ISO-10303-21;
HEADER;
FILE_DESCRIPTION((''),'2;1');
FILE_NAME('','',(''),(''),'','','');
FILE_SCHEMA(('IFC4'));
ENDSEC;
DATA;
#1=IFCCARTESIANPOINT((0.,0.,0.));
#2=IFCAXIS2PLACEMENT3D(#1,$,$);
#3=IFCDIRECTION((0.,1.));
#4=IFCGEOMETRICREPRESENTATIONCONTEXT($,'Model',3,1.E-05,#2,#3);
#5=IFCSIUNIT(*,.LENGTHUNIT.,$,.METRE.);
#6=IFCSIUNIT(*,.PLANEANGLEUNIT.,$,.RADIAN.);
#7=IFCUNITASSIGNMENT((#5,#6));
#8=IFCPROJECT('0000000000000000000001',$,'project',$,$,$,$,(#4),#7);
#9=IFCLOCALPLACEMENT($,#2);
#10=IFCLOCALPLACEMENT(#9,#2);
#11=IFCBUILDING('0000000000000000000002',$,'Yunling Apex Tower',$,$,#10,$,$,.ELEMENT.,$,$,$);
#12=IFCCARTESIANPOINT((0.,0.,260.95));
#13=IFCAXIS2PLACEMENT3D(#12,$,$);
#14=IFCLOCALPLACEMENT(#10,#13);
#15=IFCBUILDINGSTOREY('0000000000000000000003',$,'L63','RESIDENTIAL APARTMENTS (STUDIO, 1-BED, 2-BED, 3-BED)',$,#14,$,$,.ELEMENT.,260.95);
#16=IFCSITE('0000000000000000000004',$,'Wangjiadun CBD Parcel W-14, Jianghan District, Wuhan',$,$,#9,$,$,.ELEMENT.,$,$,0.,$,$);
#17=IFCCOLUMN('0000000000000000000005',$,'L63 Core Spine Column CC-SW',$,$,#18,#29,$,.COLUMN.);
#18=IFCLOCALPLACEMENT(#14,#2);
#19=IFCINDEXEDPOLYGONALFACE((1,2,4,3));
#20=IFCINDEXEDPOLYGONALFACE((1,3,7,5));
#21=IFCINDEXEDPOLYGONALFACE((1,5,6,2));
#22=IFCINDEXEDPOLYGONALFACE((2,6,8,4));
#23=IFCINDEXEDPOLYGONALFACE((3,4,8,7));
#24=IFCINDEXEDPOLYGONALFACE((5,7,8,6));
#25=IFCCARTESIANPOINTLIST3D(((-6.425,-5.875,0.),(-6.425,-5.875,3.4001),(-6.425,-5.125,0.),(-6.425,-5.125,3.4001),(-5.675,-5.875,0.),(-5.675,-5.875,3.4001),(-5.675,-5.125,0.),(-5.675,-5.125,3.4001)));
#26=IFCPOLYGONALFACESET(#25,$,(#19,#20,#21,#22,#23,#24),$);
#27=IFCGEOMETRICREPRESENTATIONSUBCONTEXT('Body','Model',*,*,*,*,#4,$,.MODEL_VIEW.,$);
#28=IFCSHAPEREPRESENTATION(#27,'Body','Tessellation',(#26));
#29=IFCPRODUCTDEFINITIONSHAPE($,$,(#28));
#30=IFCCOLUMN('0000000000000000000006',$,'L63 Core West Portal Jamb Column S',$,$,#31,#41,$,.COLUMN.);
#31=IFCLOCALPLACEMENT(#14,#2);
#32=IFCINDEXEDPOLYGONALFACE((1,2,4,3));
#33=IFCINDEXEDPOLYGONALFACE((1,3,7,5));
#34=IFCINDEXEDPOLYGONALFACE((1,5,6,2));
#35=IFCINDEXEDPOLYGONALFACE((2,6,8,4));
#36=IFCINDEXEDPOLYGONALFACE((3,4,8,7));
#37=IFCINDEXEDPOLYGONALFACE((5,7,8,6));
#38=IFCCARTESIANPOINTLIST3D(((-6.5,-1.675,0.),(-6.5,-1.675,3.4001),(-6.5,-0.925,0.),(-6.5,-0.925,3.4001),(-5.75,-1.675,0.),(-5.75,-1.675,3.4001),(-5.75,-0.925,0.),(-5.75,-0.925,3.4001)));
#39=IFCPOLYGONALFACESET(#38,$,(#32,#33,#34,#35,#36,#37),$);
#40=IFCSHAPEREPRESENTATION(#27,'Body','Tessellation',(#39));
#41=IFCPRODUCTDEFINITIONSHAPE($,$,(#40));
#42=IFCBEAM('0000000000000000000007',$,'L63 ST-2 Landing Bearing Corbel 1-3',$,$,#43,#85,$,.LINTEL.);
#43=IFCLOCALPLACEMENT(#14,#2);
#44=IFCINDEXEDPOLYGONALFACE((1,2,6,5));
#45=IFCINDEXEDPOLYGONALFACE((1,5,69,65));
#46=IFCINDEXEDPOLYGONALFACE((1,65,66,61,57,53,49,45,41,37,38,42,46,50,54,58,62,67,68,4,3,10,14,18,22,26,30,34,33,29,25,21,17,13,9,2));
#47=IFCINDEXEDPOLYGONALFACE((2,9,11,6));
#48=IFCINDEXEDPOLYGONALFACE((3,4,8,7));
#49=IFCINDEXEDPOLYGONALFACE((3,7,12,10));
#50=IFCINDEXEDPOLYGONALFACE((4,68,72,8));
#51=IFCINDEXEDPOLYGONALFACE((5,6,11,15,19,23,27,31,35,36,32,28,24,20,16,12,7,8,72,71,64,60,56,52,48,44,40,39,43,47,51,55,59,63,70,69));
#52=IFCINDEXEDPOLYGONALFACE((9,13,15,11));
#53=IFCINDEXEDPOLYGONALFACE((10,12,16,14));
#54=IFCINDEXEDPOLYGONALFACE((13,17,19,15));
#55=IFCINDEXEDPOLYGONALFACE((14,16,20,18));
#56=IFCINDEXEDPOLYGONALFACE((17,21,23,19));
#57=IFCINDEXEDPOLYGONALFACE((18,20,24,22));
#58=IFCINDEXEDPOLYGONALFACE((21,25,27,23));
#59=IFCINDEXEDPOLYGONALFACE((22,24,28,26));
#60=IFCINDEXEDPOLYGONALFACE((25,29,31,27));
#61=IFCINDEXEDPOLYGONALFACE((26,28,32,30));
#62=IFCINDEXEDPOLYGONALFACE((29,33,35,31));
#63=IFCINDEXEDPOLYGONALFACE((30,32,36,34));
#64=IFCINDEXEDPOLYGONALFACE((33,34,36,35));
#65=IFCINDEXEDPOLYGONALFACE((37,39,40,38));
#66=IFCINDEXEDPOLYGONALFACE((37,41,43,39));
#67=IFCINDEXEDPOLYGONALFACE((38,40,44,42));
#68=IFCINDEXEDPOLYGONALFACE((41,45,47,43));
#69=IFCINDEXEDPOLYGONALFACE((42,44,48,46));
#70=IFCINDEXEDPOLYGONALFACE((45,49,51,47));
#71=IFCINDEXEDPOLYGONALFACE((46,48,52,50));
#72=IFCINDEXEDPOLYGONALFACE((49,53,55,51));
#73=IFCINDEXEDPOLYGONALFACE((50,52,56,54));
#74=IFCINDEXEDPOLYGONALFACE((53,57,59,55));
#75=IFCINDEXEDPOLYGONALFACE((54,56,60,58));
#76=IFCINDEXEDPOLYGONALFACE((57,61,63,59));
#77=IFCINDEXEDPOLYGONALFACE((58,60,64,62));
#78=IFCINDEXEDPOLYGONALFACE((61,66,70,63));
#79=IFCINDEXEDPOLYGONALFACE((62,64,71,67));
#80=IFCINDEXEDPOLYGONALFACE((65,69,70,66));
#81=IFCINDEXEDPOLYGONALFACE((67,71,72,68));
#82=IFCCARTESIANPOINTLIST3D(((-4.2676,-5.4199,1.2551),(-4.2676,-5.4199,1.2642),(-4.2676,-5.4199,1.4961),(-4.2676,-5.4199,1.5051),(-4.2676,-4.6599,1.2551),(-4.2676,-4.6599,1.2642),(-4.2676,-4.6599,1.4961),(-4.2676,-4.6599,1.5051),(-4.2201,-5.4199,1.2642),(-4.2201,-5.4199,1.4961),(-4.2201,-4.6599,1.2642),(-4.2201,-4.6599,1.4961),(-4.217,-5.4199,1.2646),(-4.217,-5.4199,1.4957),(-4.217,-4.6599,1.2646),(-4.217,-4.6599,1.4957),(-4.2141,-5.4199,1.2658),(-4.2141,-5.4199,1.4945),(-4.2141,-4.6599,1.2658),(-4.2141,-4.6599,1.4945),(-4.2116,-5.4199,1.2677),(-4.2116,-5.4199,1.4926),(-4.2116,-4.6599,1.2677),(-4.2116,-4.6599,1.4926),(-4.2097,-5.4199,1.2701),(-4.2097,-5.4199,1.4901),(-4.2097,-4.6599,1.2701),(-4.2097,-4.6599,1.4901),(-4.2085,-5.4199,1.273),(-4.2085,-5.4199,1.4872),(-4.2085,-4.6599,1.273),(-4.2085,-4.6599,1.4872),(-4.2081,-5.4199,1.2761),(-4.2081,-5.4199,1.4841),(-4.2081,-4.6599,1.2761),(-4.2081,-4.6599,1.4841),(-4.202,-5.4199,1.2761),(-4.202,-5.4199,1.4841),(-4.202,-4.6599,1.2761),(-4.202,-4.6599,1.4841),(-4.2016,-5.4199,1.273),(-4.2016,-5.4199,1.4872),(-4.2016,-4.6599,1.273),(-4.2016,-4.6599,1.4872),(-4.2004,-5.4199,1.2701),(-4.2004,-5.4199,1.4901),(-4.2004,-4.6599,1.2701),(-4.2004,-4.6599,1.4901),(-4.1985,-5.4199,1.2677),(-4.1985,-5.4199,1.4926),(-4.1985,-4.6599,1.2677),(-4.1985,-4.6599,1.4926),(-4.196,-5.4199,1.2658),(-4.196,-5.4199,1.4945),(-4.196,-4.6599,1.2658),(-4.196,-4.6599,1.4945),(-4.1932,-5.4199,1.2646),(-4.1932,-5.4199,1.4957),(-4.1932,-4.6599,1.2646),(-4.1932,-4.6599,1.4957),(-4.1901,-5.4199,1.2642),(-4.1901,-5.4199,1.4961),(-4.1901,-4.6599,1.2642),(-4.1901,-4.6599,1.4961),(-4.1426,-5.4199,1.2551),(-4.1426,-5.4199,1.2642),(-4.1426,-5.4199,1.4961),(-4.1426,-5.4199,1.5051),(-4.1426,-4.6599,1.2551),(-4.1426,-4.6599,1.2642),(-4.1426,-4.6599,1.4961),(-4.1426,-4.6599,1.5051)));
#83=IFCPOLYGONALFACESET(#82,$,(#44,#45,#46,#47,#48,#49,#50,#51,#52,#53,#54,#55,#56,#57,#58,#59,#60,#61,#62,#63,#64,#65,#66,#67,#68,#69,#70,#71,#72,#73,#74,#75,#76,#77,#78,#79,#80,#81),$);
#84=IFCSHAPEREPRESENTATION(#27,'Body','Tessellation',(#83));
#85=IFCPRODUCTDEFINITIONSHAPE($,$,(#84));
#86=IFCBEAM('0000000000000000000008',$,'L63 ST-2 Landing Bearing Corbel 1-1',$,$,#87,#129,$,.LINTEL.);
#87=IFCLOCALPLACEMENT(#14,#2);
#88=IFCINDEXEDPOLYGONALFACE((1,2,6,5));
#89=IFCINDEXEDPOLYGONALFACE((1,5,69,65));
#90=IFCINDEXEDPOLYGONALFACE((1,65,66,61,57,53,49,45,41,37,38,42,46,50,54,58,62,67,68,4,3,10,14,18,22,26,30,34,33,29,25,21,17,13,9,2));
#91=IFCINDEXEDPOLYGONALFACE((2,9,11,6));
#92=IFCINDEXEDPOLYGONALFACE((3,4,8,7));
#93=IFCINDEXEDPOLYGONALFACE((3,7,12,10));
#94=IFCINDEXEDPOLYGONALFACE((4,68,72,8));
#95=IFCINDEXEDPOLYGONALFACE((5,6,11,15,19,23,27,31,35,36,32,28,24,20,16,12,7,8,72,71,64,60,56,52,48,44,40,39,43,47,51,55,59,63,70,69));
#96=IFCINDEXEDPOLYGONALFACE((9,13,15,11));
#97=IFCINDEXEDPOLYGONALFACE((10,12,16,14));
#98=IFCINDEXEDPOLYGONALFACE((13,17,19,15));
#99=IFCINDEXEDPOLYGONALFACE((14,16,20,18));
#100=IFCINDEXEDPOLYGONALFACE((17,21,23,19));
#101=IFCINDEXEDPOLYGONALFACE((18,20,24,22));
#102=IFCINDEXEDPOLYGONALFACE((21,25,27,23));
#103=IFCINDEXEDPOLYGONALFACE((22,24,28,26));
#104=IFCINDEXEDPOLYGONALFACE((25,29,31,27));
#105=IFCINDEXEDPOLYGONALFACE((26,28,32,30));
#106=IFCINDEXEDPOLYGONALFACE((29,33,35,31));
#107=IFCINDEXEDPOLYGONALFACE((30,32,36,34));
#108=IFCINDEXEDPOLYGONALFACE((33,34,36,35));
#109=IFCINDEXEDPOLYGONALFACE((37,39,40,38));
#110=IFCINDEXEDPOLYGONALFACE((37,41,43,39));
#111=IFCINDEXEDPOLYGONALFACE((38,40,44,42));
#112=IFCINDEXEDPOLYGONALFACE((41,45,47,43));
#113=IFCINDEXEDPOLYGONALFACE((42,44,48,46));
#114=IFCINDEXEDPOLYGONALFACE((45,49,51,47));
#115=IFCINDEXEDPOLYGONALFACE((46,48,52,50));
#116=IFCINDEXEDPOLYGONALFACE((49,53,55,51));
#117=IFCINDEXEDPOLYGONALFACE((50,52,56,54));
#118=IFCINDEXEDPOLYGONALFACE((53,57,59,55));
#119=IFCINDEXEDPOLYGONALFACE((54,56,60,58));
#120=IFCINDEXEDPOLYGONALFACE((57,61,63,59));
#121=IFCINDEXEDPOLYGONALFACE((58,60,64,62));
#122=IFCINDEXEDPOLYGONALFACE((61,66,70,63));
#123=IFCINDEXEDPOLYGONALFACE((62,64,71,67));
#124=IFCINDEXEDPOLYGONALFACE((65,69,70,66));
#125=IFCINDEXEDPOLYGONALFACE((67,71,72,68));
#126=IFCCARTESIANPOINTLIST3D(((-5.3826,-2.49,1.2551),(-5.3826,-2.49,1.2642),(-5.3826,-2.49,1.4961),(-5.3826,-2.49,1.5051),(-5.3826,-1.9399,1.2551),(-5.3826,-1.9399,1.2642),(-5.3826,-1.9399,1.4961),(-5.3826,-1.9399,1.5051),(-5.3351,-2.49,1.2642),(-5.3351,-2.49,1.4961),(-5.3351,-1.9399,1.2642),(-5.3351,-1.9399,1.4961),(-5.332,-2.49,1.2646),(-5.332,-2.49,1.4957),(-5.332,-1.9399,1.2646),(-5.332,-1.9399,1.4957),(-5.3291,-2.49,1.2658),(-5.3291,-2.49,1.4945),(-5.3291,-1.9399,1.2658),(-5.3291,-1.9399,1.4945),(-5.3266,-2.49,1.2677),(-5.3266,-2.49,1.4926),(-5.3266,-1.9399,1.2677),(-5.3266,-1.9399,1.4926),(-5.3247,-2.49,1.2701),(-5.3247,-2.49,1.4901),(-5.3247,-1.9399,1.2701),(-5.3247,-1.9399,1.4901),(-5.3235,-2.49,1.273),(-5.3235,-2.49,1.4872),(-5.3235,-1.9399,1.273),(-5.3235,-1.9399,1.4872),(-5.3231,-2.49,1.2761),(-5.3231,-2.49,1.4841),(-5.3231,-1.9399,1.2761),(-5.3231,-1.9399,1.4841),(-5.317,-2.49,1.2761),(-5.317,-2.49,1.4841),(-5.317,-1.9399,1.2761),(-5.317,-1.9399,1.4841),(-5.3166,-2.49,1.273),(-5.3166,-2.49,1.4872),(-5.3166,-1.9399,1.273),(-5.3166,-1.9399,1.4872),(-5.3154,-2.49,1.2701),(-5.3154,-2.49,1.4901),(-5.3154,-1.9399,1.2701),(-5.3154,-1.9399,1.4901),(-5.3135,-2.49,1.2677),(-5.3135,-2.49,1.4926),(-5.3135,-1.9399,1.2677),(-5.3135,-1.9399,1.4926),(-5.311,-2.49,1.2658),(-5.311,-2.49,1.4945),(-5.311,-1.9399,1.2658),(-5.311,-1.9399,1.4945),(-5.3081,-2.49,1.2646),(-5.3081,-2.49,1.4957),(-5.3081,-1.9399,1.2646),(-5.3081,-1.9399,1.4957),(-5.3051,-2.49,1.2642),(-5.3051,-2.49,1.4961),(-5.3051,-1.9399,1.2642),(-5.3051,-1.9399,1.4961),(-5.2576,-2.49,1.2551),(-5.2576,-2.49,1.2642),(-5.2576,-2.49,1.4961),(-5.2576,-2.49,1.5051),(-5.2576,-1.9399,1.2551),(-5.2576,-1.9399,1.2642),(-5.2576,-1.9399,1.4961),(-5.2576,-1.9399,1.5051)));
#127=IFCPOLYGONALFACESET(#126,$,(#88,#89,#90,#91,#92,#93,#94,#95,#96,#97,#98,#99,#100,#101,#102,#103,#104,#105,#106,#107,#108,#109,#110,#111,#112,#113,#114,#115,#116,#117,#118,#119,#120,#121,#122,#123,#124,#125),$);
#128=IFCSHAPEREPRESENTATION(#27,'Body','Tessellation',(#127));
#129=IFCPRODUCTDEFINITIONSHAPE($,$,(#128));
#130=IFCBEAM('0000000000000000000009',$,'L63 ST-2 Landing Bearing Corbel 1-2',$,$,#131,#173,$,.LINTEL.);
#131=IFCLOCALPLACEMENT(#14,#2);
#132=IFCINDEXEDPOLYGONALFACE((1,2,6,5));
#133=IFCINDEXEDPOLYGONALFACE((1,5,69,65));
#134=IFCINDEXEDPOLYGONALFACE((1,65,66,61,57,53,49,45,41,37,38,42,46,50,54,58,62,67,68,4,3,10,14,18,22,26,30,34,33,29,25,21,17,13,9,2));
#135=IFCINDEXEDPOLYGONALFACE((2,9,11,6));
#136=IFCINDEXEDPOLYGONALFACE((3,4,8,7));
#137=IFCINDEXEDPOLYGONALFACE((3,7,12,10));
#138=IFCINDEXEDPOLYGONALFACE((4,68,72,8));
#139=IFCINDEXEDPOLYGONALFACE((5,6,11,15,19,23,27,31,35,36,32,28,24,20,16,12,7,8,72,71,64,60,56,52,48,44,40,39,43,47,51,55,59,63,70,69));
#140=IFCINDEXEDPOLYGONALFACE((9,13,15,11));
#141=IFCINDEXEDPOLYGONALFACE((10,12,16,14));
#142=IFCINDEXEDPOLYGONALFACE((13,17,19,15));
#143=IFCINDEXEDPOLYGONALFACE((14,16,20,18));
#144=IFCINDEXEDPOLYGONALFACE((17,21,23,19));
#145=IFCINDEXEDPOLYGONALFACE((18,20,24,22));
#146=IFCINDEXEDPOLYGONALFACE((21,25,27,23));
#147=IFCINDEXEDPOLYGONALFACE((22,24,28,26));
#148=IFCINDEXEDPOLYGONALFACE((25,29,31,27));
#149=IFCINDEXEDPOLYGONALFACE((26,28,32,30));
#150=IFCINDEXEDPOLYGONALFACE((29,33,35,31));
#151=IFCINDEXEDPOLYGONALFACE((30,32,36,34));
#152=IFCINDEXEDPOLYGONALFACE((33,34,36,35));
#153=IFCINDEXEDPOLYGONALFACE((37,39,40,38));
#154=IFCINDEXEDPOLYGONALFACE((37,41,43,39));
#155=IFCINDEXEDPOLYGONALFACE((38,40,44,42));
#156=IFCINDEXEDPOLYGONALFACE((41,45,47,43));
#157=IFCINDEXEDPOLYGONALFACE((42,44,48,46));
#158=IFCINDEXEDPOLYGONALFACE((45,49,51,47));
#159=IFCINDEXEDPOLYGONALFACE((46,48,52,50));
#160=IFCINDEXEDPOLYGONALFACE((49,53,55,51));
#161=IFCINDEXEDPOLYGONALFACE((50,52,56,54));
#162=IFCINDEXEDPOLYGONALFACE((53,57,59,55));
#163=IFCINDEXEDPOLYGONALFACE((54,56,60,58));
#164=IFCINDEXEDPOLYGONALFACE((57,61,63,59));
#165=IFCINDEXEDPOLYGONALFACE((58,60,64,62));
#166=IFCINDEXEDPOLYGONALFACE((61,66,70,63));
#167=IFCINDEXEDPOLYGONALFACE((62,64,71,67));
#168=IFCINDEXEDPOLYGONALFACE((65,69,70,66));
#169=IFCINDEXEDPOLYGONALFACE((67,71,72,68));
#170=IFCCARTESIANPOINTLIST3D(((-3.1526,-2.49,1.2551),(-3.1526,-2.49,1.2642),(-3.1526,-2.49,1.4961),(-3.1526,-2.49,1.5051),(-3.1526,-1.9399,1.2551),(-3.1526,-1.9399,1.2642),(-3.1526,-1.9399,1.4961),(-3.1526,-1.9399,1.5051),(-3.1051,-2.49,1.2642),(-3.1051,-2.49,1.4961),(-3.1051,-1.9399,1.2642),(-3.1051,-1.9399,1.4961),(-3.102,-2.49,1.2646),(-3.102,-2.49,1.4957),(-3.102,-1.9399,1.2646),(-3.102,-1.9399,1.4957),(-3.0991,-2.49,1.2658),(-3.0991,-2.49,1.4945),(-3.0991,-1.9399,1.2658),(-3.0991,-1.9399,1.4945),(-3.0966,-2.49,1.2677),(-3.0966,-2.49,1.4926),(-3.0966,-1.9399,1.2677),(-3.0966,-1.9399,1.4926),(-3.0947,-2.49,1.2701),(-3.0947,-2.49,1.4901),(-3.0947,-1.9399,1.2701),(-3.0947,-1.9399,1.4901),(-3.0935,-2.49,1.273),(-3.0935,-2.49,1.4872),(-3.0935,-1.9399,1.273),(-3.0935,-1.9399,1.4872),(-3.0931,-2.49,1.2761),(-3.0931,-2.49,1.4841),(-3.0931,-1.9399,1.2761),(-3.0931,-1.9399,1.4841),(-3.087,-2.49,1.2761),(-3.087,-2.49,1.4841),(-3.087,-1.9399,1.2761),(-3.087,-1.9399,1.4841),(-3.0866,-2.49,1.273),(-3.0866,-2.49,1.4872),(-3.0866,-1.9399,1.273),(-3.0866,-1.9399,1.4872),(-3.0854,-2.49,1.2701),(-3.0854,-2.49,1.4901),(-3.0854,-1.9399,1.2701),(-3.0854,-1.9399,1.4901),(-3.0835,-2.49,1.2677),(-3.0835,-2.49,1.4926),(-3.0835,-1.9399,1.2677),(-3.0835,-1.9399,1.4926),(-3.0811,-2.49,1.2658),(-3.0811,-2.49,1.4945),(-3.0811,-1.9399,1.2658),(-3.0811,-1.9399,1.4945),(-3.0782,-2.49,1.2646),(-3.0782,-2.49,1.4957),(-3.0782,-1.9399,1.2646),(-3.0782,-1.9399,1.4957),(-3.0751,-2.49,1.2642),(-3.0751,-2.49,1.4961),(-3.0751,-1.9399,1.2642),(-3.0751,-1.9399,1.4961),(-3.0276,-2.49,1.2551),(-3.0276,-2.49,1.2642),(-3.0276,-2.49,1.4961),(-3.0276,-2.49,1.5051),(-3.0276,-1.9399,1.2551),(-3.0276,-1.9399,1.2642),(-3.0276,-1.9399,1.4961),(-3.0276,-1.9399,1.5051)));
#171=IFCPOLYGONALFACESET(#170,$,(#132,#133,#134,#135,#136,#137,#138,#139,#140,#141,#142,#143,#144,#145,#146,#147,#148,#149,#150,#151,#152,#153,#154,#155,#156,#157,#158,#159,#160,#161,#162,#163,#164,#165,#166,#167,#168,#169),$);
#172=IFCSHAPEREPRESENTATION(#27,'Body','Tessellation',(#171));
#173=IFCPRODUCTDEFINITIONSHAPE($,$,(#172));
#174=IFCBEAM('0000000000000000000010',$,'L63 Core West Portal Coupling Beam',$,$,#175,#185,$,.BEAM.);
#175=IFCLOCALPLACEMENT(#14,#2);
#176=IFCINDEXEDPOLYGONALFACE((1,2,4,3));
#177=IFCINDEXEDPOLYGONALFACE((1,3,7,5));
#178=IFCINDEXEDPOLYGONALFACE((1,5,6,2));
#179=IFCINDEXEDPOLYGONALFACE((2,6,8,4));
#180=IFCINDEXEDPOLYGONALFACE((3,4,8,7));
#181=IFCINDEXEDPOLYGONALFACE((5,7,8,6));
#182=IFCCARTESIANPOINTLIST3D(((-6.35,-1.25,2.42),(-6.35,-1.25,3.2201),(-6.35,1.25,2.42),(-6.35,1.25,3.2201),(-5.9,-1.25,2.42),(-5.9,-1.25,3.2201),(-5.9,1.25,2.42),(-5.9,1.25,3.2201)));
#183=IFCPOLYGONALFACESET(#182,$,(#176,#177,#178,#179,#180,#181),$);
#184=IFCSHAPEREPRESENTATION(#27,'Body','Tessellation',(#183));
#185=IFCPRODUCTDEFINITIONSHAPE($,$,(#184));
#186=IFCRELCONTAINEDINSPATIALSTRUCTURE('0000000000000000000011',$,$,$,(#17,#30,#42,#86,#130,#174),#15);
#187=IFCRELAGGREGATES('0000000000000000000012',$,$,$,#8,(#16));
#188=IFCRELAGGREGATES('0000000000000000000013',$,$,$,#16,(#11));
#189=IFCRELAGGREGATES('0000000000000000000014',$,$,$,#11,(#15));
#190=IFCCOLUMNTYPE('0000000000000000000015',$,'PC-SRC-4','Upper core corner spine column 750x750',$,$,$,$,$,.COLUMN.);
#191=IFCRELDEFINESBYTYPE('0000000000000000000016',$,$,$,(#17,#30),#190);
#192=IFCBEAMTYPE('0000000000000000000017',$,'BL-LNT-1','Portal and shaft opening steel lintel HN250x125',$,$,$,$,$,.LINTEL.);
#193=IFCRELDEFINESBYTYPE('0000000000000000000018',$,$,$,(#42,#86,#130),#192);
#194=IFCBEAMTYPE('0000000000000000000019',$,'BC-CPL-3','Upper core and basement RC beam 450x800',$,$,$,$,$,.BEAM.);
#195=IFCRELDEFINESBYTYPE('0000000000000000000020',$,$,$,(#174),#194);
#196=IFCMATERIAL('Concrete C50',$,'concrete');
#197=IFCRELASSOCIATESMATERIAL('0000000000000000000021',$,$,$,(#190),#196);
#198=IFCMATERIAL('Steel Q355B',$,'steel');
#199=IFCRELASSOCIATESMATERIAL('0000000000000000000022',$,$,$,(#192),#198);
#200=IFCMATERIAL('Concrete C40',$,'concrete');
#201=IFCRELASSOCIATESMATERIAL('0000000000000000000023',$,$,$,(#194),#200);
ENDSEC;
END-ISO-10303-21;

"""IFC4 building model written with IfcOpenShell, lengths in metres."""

from ifc_helpers import new_model, si_unit, direction, frame, origin, origin_2d, place, context, subcontext, project, spatial, rectangle, i_section, extrude, source, transform, mapped, material, material_profile, profile_set, type_object, element, save


model = new_model("IFC4")

# Units and contexts
model_context = context("Model", 3, precision=1e-05, world=origin(), true_north=direction((0.0, 1.0)))
body_context = subcontext(model_context, "Body", "Model", "MODEL_VIEW")
ifc_project = project(units=[si_unit("LENGTHUNIT", "METRE"), si_unit("PLANEANGLEUNIT", "RADIAN")], contexts=[model_context])

# Site, building, storey
site_placement = place(None, origin())
site = spatial("IfcSite", under=ifc_project, at=site_placement, Name="Wangjiadun CBD Parcel W-14, Jianghan District, Wuhan", CompositionType="ELEMENT", RefElevation=0.0)
building_placement = place(site_placement, origin())
building = spatial("IfcBuilding", under=site, at=building_placement, Name="Yunling Apex Tower", CompositionType="ELEMENT")
storey_placement = place(building_placement, frame((0.0, 0.0, 260.95)))
storey = spatial("IfcBuildingStorey", under=building, at=storey_placement, Name="L63", Description="RESIDENTIAL APARTMENTS (STUDIO, 1-BED, 2-BED, 3-BED)", CompositionType="ELEMENT", Elevation=260.95)

# Columns
ifc_material_1 = material(Name="Concrete C50", Category="concrete")
ifc_material_profile_1 = material_profile(ifc_material_1, rectangle(XDim=0.75, YDim=0.75, at=origin_2d()))
ifc_profile_set_1 = profile_set([ifc_material_profile_1], Name="Concrete C50")
column_type = type_object("IfcColumnType", Name="PC-SRC-4", Description="Upper core corner spine column 750x750", PredefinedType="COLUMN", material=ifc_profile_set_1)
shared_shape_1 = source(origin(), body_context, "Body", "SweptSolid", [
    extrude(rectangle(XDim=0.75, YDim=0.75, at=origin_2d()), origin(), (0.0, 0.0, 1.0), 3.4001),
])
for number, where, z_axis, x_axis, name in (
    (1, (-6.05, -5.5, 0.0), (0.0, 0.0, 1.0), (1.0, 0.0, 0.0), "L63 Core Spine Column CC-SW"),
    (2, (-6.125, -1.3, 0.0), (0.0, 0.0, 1.0), (1.0, 0.0, 0.0), "L63 Core West Portal Jamb Column S"),
):
    element("IfcColumn", number, at=place(storey_placement, frame(where, z_axis=z_axis, x_axis=x_axis)), inside=storey, type_object=column_type, Name=name, PredefinedType="COLUMN", context=body_context, shape_type="MappedRepresentation", body=[
        mapped(shared_shape_1, transform((0.0, 0.0, 0.0), scale=1.0)),
    ])

# Beams
ifc_material_2 = material(Name="Steel Q355B", Category="steel")
ifc_material_profile_2 = material_profile(ifc_material_2, i_section(OverallWidth=0.125, OverallDepth=0.25, WebThickness=0.0061, FlangeThickness=0.009, FilletRadius=0.012, at=origin_2d()))
ifc_profile_set_2 = profile_set([ifc_material_profile_2], Name="Steel Q355B")
beam_type_1 = type_object("IfcBeamType", Name="BL-LNT-1", Description="Portal and shaft opening steel lintel HN250x125", PredefinedType="LINTEL", material=ifc_profile_set_2)
shared_shape_2 = source(origin(), body_context, "Body", "SweptSolid", [
    extrude(i_section(OverallWidth=0.125, OverallDepth=0.25, WebThickness=0.0061, FlangeThickness=0.009, FilletRadius=0.012, at=origin_2d()), origin(), (0.0, 0.0, 1.0), 0.76),
])
beam_1_placement = place(storey_placement, frame((-4.2051, -5.4199, 1.3801), z_axis=(0.0, 1.0, 0.0), x_axis=(-1.0, 0.0, 0.0)))
element("IfcBeam", 3, at=beam_1_placement, inside=storey, type_object=beam_type_1, Name="L63 ST-2 Landing Bearing Corbel 1-3", PredefinedType="LINTEL", context=body_context, shape_type="MappedRepresentation", body=[
    mapped(shared_shape_2, transform((0.0, 0.0, 0.0), scale=1.0)),
])
shared_shape_3 = source(origin(), body_context, "Body", "SweptSolid", [
    extrude(i_section(OverallWidth=0.125, OverallDepth=0.25, WebThickness=0.0061, FlangeThickness=0.009, FilletRadius=0.012, at=origin_2d()), origin(), (0.0, 0.0, 1.0), 0.55),
])
for number, where, z_axis, x_axis, name in (
    (4, (-5.3201, -1.9399, 1.3801), (0.0, -1.0, 0.0), (1.0, 0.0, 0.0), "L63 ST-2 Landing Bearing Corbel 1-1"),
    (5, (-3.0901, -1.9399, 1.3801), (0.0, -1.0, 0.0), (1.0, 0.0, 0.0), "L63 ST-2 Landing Bearing Corbel 1-2"),
):
    element("IfcBeam", number, at=place(storey_placement, frame(where, z_axis=z_axis, x_axis=x_axis)), inside=storey, type_object=beam_type_1, Name=name, PredefinedType="LINTEL", context=body_context, shape_type="MappedRepresentation", body=[
        mapped(shared_shape_3, transform((0.0, 0.0, 0.0), scale=1.0)),
    ])
ifc_material_3 = material(Name="Concrete C40", Category="concrete")
ifc_material_profile_3 = material_profile(ifc_material_3, rectangle(XDim=0.45, YDim=0.8, at=origin_2d()))
ifc_profile_set_3 = profile_set([ifc_material_profile_3], Name="Concrete C40")
beam_type_2 = type_object("IfcBeamType", Name="BC-CPL-3", Description="Upper core and basement RC beam 450x800", PredefinedType="BEAM", material=ifc_profile_set_3)
shared_shape_4 = source(origin(), body_context, "Body", "SweptSolid", [
    extrude(rectangle(XDim=0.45, YDim=0.8, at=origin_2d()), origin(), (0.0, 0.0, 1.0), 2.5),
])
beam_2_placement = place(storey_placement, frame((-6.125, -1.25, 2.8201), z_axis=(0.0, 1.0, 0.0), x_axis=(-1.0, 0.0, 0.0)))
element("IfcBeam", 6, at=beam_2_placement, inside=storey, type_object=beam_type_2, Name="L63 Core West Portal Coupling Beam", PredefinedType="BEAM", context=body_context, shape_type="MappedRepresentation", body=[
    mapped(shared_shape_4, transform((0.0, 0.0, 0.0), scale=1.0)),
])

save(model, "model.ifc")
